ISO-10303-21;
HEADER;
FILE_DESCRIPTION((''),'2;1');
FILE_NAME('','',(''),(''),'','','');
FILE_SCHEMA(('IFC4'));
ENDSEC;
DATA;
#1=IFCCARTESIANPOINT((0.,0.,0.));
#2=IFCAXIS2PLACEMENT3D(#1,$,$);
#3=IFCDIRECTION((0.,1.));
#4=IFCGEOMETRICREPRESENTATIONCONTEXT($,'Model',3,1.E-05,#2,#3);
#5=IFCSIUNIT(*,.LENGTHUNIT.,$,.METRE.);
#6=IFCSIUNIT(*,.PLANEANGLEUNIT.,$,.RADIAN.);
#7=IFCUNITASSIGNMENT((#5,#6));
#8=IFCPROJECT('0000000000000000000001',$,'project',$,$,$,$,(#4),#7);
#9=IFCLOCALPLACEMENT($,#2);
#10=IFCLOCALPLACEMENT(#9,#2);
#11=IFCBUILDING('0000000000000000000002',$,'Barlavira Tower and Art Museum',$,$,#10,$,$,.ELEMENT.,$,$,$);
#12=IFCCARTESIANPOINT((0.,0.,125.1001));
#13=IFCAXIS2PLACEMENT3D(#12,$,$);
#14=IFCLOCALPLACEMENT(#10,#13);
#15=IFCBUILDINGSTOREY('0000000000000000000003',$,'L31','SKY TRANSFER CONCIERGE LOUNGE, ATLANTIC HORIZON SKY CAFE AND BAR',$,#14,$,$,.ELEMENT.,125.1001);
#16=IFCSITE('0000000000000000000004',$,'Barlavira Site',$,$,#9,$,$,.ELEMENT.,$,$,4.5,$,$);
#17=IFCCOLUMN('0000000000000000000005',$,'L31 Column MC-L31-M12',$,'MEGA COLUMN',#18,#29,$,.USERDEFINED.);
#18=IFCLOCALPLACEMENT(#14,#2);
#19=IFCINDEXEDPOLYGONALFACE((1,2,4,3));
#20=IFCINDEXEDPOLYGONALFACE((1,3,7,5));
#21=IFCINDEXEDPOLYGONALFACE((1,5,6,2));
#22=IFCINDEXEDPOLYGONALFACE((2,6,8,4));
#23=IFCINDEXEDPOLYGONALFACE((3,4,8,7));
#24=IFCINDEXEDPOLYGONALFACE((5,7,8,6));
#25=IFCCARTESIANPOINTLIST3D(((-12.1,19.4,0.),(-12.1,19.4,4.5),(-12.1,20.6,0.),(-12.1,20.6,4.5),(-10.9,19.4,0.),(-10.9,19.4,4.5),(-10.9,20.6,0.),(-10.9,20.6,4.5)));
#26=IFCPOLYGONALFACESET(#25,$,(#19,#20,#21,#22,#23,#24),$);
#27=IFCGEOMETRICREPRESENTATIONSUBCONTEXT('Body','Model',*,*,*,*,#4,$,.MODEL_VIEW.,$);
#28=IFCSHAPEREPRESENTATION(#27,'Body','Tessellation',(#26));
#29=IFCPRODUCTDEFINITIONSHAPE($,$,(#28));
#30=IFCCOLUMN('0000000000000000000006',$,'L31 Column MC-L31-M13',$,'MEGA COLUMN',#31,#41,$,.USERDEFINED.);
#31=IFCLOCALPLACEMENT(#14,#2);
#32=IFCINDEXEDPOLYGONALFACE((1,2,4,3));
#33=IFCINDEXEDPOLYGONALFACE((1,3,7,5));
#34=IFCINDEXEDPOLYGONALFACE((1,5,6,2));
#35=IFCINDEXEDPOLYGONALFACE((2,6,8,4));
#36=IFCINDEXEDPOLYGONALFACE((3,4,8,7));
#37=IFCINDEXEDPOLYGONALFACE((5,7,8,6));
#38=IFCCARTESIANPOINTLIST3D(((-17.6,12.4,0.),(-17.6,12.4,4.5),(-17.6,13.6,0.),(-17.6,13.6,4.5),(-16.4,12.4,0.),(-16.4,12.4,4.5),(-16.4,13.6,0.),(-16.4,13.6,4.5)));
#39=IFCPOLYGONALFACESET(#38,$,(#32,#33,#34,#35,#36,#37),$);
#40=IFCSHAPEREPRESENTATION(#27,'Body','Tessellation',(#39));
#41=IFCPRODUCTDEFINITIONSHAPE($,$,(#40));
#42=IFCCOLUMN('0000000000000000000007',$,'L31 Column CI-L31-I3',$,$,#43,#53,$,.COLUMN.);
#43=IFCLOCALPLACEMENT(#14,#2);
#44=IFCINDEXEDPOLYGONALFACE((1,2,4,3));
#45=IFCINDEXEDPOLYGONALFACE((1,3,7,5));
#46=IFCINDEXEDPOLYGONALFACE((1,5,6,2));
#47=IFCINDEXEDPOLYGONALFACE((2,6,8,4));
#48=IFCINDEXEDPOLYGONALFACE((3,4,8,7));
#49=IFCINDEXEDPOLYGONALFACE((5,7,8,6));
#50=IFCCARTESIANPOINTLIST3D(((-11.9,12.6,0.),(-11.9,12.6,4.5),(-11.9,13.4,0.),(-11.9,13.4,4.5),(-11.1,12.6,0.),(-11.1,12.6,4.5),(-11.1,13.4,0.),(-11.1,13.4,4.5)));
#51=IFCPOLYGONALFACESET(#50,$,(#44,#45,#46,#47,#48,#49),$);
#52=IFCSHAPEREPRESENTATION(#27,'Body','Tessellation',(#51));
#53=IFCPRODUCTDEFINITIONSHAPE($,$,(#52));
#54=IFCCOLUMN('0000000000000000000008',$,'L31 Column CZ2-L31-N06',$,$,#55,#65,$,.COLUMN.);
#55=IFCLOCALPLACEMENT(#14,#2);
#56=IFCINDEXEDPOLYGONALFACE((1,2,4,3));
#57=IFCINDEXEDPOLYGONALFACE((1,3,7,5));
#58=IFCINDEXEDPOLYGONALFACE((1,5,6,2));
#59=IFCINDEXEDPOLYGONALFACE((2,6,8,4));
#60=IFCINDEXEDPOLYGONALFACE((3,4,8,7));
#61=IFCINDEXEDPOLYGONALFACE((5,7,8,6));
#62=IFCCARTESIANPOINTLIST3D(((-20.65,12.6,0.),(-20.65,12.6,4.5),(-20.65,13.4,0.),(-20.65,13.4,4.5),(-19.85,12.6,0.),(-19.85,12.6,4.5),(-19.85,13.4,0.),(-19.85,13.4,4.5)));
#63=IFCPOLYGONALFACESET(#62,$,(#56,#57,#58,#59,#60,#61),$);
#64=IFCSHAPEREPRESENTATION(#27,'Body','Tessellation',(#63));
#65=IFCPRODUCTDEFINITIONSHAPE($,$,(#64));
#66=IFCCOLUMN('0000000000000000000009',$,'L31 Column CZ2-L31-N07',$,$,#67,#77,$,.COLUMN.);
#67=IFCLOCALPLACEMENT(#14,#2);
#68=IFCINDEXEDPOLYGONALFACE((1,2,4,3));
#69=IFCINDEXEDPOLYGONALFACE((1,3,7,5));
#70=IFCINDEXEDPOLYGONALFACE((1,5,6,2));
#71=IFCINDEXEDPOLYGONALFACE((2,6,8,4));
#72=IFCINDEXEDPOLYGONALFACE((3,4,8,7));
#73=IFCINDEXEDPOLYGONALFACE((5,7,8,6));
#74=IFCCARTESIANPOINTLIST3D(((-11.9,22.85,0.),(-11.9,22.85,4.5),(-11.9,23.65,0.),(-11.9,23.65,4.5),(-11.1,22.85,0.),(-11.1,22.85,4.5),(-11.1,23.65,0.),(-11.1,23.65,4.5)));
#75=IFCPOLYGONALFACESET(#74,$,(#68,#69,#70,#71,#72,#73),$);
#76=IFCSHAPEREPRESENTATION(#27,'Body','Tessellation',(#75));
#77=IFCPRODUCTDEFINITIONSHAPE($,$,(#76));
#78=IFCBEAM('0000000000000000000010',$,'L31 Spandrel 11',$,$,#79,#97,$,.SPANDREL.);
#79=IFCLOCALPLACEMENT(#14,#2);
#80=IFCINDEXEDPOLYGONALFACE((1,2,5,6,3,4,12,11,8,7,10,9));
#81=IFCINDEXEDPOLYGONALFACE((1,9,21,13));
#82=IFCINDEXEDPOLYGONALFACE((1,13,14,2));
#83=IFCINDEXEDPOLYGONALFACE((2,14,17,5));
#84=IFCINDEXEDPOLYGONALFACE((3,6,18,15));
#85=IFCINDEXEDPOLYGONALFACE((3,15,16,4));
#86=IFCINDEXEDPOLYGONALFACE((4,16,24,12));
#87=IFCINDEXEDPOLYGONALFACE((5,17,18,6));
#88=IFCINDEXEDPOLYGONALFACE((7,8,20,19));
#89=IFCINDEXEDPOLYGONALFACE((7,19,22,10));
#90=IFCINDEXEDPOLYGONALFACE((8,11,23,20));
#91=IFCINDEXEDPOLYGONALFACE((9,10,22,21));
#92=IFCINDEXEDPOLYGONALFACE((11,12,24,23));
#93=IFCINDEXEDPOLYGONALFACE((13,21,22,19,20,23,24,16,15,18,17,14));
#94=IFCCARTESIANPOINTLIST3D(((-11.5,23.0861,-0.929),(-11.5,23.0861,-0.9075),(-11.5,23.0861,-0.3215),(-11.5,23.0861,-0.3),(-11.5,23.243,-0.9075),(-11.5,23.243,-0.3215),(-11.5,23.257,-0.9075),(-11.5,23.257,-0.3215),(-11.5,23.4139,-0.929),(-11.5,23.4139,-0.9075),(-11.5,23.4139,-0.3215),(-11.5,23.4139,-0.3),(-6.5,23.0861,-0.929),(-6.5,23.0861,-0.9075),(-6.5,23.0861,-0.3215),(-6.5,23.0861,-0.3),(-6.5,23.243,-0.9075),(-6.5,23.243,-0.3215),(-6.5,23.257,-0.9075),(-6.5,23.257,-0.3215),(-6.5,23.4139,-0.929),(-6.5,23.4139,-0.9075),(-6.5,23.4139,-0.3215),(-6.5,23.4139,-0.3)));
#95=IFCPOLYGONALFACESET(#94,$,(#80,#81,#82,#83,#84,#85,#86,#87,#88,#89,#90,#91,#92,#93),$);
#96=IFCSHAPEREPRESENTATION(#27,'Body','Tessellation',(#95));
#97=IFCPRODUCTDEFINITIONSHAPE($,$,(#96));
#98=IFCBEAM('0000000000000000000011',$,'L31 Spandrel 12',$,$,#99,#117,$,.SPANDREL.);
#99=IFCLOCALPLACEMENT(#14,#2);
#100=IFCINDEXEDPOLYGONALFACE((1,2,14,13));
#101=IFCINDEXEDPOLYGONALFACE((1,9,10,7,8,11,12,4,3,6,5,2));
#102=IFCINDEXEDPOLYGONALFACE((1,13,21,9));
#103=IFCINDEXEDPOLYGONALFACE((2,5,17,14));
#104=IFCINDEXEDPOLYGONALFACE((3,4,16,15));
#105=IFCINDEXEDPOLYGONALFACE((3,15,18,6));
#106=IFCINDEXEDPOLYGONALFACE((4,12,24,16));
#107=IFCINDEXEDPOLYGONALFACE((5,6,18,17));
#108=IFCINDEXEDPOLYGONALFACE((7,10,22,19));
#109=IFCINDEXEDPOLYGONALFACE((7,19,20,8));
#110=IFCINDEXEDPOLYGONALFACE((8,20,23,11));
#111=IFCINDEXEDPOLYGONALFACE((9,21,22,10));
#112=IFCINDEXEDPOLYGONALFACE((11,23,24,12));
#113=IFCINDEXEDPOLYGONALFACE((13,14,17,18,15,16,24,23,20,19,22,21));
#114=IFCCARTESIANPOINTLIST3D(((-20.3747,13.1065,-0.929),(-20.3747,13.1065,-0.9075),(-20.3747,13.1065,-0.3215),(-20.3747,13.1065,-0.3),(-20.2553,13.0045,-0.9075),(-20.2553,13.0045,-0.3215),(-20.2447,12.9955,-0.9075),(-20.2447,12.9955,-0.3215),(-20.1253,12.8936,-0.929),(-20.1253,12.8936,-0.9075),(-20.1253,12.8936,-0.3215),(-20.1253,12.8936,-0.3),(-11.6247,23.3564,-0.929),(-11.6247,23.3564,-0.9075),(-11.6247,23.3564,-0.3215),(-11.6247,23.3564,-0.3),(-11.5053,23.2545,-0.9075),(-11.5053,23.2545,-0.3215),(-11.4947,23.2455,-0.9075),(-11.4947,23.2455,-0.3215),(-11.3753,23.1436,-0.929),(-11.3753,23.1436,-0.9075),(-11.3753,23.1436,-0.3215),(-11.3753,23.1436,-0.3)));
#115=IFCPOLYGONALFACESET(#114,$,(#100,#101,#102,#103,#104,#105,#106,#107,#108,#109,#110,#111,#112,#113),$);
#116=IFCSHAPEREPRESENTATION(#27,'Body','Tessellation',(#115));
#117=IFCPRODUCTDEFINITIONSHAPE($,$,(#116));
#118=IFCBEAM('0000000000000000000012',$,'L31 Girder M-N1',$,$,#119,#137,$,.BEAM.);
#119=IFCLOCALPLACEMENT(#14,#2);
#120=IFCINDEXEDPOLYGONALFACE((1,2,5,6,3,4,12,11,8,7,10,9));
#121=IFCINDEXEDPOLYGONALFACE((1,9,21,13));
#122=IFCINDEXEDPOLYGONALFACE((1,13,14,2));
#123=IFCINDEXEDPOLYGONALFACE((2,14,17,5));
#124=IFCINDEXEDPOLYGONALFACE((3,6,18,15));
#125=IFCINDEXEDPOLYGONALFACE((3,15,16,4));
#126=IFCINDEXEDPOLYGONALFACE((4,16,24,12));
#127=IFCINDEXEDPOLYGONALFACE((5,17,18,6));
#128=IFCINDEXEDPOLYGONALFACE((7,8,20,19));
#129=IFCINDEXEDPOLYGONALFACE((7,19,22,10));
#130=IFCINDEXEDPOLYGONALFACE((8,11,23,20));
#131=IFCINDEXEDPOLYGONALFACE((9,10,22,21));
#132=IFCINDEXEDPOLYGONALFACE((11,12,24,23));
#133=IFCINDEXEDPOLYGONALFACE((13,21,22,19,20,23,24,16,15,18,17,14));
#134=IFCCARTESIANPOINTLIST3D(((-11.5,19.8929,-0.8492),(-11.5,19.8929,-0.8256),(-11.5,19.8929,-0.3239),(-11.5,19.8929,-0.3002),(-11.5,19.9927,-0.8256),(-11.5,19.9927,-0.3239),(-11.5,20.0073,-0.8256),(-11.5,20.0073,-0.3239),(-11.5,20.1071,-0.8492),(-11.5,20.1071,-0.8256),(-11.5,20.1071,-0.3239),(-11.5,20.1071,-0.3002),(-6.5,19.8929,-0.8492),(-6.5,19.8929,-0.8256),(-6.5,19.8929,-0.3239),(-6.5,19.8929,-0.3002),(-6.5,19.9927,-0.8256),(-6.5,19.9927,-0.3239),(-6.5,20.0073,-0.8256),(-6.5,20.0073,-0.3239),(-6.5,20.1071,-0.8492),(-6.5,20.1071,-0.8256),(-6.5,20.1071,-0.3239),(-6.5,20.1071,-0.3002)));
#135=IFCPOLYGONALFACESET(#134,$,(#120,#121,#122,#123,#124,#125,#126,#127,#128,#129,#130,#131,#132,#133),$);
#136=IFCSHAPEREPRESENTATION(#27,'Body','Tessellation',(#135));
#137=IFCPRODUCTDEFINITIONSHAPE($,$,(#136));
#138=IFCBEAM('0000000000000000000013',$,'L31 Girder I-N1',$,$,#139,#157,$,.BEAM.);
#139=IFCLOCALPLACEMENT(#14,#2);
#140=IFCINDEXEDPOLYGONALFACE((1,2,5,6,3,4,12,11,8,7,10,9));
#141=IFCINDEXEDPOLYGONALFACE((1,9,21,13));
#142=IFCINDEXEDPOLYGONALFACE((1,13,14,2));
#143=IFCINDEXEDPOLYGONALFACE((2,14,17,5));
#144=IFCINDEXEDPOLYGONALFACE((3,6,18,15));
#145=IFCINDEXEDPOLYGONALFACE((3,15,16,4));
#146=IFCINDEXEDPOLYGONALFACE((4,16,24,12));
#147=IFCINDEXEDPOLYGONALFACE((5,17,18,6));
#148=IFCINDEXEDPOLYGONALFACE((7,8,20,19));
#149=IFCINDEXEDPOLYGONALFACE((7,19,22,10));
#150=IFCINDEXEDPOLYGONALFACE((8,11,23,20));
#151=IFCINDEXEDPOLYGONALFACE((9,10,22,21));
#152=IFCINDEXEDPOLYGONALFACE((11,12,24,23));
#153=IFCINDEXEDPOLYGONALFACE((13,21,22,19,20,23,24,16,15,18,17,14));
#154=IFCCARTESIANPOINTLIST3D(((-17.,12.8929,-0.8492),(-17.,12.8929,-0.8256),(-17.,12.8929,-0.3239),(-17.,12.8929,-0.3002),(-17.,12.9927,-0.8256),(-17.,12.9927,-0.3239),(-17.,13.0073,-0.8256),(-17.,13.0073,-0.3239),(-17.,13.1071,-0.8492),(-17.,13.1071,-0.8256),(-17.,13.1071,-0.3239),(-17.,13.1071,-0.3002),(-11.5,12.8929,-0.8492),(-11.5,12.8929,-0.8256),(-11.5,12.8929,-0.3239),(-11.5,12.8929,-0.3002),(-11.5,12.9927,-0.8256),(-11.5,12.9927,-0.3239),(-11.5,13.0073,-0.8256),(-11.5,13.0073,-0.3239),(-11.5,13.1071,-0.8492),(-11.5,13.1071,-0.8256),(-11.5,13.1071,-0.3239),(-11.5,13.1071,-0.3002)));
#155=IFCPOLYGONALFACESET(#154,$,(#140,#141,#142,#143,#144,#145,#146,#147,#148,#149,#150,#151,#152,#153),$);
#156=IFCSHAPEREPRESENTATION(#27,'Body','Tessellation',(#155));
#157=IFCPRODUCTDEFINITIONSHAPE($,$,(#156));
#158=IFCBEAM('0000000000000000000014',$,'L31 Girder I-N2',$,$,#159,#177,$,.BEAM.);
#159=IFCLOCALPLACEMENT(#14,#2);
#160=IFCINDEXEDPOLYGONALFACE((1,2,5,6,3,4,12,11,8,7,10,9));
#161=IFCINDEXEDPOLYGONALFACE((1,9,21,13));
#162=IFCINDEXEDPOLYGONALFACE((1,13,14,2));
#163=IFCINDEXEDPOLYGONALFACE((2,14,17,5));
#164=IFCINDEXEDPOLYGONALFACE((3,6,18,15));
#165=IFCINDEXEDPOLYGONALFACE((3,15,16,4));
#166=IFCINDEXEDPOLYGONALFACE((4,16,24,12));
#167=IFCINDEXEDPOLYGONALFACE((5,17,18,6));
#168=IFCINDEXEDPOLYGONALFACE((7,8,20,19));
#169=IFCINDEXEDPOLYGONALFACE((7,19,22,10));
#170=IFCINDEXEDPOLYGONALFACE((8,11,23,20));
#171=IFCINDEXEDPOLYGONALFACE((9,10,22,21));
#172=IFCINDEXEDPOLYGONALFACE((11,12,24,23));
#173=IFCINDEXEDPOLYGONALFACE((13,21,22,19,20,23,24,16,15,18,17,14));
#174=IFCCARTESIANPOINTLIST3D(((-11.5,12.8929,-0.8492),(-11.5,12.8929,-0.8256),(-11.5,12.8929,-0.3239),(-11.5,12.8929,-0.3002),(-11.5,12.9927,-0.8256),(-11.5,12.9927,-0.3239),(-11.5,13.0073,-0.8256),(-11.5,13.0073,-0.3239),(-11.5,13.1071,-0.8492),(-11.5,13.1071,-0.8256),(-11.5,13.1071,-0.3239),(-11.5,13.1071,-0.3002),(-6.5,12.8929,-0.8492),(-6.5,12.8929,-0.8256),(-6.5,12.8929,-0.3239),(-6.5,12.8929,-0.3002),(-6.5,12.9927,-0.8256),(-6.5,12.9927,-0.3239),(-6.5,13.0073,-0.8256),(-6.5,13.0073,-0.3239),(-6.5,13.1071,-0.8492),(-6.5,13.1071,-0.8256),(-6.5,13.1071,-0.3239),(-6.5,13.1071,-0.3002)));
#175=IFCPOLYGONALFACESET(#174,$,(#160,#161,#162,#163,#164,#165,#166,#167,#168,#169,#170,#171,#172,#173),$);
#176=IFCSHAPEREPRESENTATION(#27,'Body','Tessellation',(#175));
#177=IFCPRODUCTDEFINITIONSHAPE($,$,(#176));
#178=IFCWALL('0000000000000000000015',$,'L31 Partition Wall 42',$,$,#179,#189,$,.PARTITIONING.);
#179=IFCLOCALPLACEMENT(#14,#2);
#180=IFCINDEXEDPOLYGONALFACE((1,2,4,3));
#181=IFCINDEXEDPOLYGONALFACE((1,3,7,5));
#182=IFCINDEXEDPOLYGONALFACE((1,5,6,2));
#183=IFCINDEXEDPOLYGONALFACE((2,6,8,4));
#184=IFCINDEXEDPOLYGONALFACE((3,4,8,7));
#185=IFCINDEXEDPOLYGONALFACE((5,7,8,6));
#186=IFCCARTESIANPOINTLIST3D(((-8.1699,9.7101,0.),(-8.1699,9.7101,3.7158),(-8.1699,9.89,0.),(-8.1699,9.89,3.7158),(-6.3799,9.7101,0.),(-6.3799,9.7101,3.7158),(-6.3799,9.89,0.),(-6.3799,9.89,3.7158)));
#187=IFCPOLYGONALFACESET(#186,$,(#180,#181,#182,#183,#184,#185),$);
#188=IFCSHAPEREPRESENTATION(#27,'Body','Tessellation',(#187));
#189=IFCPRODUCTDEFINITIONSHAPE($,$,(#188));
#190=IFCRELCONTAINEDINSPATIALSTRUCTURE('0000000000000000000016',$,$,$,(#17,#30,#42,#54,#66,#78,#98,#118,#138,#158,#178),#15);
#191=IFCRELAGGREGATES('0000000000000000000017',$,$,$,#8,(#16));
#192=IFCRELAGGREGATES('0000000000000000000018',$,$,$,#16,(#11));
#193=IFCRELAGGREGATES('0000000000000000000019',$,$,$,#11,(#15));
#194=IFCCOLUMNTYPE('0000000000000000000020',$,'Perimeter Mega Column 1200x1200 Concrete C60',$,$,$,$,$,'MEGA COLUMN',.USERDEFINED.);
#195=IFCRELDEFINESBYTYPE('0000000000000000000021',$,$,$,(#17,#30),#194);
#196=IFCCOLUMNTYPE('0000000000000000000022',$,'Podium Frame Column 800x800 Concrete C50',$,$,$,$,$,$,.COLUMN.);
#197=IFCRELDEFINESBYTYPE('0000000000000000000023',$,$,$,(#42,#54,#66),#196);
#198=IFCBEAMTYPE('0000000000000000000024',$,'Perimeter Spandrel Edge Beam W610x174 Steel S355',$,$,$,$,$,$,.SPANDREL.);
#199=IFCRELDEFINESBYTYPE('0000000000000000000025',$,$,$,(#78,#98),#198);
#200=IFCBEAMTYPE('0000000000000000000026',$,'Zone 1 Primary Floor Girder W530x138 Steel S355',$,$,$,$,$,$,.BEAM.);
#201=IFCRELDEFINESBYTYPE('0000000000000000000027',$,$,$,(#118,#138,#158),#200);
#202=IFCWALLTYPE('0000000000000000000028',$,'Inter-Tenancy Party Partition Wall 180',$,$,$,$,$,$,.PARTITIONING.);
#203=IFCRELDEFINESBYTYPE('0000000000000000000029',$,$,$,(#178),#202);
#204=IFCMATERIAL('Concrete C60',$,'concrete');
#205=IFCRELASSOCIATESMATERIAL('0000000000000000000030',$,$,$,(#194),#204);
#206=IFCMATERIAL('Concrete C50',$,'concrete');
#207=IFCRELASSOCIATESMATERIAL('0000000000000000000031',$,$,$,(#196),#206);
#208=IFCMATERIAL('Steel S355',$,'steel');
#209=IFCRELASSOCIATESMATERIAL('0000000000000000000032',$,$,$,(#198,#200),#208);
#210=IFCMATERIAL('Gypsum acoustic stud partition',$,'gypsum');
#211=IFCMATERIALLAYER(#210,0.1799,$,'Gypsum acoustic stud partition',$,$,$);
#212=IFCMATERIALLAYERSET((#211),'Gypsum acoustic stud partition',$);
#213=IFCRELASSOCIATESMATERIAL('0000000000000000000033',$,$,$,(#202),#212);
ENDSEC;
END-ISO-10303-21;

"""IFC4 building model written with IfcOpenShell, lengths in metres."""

from ifc_helpers import new_model, si_unit, direction, frame, frame_2d, origin, origin_2d, place, context, subcontext, project, spatial, rectangle, i_section, extrude, material, layer, layer_set, material_profile, profile_set, type_object, element, save


model = new_model("IFC4")

# Units and contexts
model_context = context("Model", 3, precision=1e-05, world=origin(), true_north=direction((0.0, 1.0)))
body_context = subcontext(model_context, "Body", "Model", "MODEL_VIEW")
ifc_project = project(units=[si_unit("LENGTHUNIT", "METRE"), si_unit("PLANEANGLEUNIT", "RADIAN")], contexts=[model_context])

# Site, building, storey
site_placement = place(None, origin())
site = spatial("IfcSite", under=ifc_project, at=site_placement, Name="Barlavira Site", CompositionType="ELEMENT", RefElevation=4.5)
building_placement = place(site_placement, origin())
building = spatial("IfcBuilding", under=site, at=building_placement, Name="Barlavira Tower and Art Museum", CompositionType="ELEMENT")
storey_placement = place(building_placement, frame((0.0, 0.0, 125.1001)))
storey = spatial("IfcBuildingStorey", under=building, at=storey_placement, Name="L31", Description="SKY TRANSFER CONCIERGE LOUNGE, ATLANTIC HORIZON SKY CAFE AND BAR", CompositionType="ELEMENT", Elevation=125.1001)

# Columns
ifc_material_1 = material(Name="Concrete C60", Category="concrete")
ifc_material_profile_1 = material_profile(ifc_material_1, rectangle(XDim=1.2, YDim=1.2, at=origin_2d()), Name="RC-COL 1200x1200")
ifc_profile_set_1 = profile_set([ifc_material_profile_1], Name="Concrete C60")
column_type_1 = type_object("IfcColumnType", Name="Perimeter Mega Column 1200x1200 Concrete C60", ElementType="MEGA COLUMN", PredefinedType="USERDEFINED", material=ifc_profile_set_1)
for number, where, z_axis, x_axis, name in (
    (1, (-11.5, 20.0, 0.0), (0.0, 0.0, 1.0), (1.0, 0.0, 0.0), "L31 Column MC-L31-M12"),
    (2, (-17.0, 13.0, 0.0), (0.0, 0.0, 1.0), (1.0, 0.0, 0.0), "L31 Column MC-L31-M13"),
):
    element("IfcColumn", number, at=place(storey_placement, frame(where, z_axis=z_axis, x_axis=x_axis)), inside=storey, type_object=column_type_1, Name=name, ObjectType="MEGA COLUMN", PredefinedType="USERDEFINED", context=body_context, shape_type="SweptSolid", body=[
        extrude(rectangle(XDim=1.2, YDim=1.2, at=origin_2d()), origin(), (0.0, 0.0, 1.0), 4.5),
    ])
ifc_material_2 = material(Name="Concrete C50", Category="concrete")
ifc_material_profile_2 = material_profile(ifc_material_2, rectangle(XDim=0.8, YDim=0.8, at=origin_2d()), Name="RC-COL 800x800")
ifc_profile_set_2 = profile_set([ifc_material_profile_2], Name="Concrete C50")
column_type_2 = type_object("IfcColumnType", Name="Podium Frame Column 800x800 Concrete C50", PredefinedType="COLUMN", material=ifc_profile_set_2)
for number, where, z_axis, x_axis, name in (
    (3, (-11.5, 13.0, 0.0), (0.0, 0.0, 1.0), (1.0, 0.0, 0.0), "L31 Column CI-L31-I3"),
    (4, (-20.25, 13.0, 0.0), (0.0, 0.0, 1.0), (1.0, 0.0, 0.0), "L31 Column CZ2-L31-N06"),
    (5, (-11.5, 23.25, 0.0), (0.0, 0.0, 1.0), (1.0, 0.0, 0.0), "L31 Column CZ2-L31-N07"),
):
    element("IfcColumn", number, at=place(storey_placement, frame(where, z_axis=z_axis, x_axis=x_axis)), inside=storey, type_object=column_type_2, Name=name, PredefinedType="COLUMN", context=body_context, shape_type="SweptSolid", body=[
        extrude(rectangle(XDim=0.8, YDim=0.8, at=origin_2d()), origin(), (0.0, 0.0, 1.0), 4.5),
    ])

# Beams
ifc_material_3 = material(Name="Steel S355", Category="steel")
ifc_material_profile_3 = material_profile(ifc_material_3, i_section(OverallWidth=0.3279, OverallDepth=0.6289, WebThickness=0.0139, FlangeThickness=0.0215, at=origin_2d()), Name="W610x174.0")
ifc_profile_set_3 = profile_set([ifc_material_profile_3], Name="Steel S355")
beam_type_1 = type_object("IfcBeamType", Name="Perimeter Spandrel Edge Beam W610x174 Steel S355", PredefinedType="SPANDREL", material=ifc_profile_set_3)
beam_1_placement = place(storey_placement, frame((-11.5, 23.25, -0.6145), z_axis=(1.0, 0.0, 0.0), x_axis=(0.0, 1.0, 0.0)))
element("IfcBeam", 6, at=beam_1_placement, inside=storey, type_object=beam_type_1, Name="L31 Spandrel 11", PredefinedType="SPANDREL", context=body_context, shape_type="SweptSolid", body=[
    extrude(i_section(OverallWidth=0.3279, OverallDepth=0.6289, WebThickness=0.0139, FlangeThickness=0.0215, at=origin_2d()), origin(), (0.0, 0.0, 1.0), 5.0),
])
beam_2_placement = place(storey_placement, frame((-11.5, 23.25, -0.6145), z_axis=(-0.649262, -0.760565, 0.0), x_axis=(0.760565, -0.649262, 0.0)))
element("IfcBeam", 7, at=beam_2_placement, inside=storey, type_object=beam_type_1, Name="L31 Spandrel 12", PredefinedType="SPANDREL", context=body_context, shape_type="SweptSolid", body=[
    extrude(i_section(OverallWidth=0.3279, OverallDepth=0.6289, WebThickness=0.0139, FlangeThickness=0.0215, at=origin_2d()), origin(), (0.0, 0.0, 1.0), 13.4768),
])
ifc_material_profile_4 = material_profile(ifc_material_3, i_section(OverallWidth=0.2141, OverallDepth=0.5491, WebThickness=0.0146, FlangeThickness=0.0237, at=origin_2d()), Name="W530x138.0")
ifc_profile_set_4 = profile_set([ifc_material_profile_4], Name="Steel S355")
beam_type_2 = type_object("IfcBeamType", Name="Zone 1 Primary Floor Girder W530x138 Steel S355", PredefinedType="BEAM", material=ifc_profile_set_4)
beam_3_placement = place(storey_placement, frame((-11.5, 20.0, -0.5747), z_axis=(1.0, 0.0, 0.0), x_axis=(0.0, 1.0, 0.0)))
element("IfcBeam", 8, at=beam_3_placement, inside=storey, type_object=beam_type_2, Name="L31 Girder M-N1", PredefinedType="BEAM", context=body_context, shape_type="SweptSolid", body=[
    extrude(i_section(OverallWidth=0.2141, OverallDepth=0.5491, WebThickness=0.0146, FlangeThickness=0.0237, at=origin_2d()), origin(), (0.0, 0.0, 1.0), 5.0),
])
beam_4_placement = place(storey_placement, frame((-17.0, 13.0, -0.5747), z_axis=(1.0, 0.0, 0.0), x_axis=(0.0, 1.0, 0.0)))
element("IfcBeam", 9, at=beam_4_placement, inside=storey, type_object=beam_type_2, Name="L31 Girder I-N1", PredefinedType="BEAM", context=body_context, shape_type="SweptSolid", body=[
    extrude(i_section(OverallWidth=0.2141, OverallDepth=0.5491, WebThickness=0.0146, FlangeThickness=0.0237, at=origin_2d()), origin(), (0.0, 0.0, 1.0), 5.5),
])
beam_5_placement = place(storey_placement, frame((-11.5, 13.0, -0.5747), z_axis=(1.0, 0.0, 0.0), x_axis=(0.0, 1.0, 0.0)))
element("IfcBeam", 10, at=beam_5_placement, inside=storey, type_object=beam_type_2, Name="L31 Girder I-N2", PredefinedType="BEAM", context=body_context, shape_type="SweptSolid", body=[
    extrude(i_section(OverallWidth=0.2141, OverallDepth=0.5491, WebThickness=0.0146, FlangeThickness=0.0237, at=origin_2d()), origin(), (0.0, 0.0, 1.0), 5.0),
])

# Wall
ifc_material_4 = material(Name="Gypsum acoustic stud partition", Category="gypsum")
ifc_layer_1 = layer(ifc_material_4, 0.1799, Name="Gypsum acoustic stud partition")
ifc_layer_set_1 = layer_set([ifc_layer_1], Name="Gypsum acoustic stud partition")
wall_type_1 = type_object("IfcWallType", Name="Inter-Tenancy Party Partition Wall 180", PredefinedType="PARTITIONING", material=ifc_layer_set_1)
wall_1_placement = place(storey_placement, frame((-8.1699, 9.8, 0.0), z_axis=(0.0, 0.0, 1.0), x_axis=(1.0, 0.0, 0.0)))
element("IfcWall", 11, at=wall_1_placement, inside=storey, type_object=wall_type_1, Name="L31 Partition Wall 42", PredefinedType="PARTITIONING", context=body_context, shape_type="SweptSolid", body=[
    extrude(rectangle(XDim=1.79, YDim=0.1799, at=frame_2d((0.895, 0.0))), origin(), (0.0, 0.0, 1.0), 3.7158),
])

save(model, "model.ifc")
